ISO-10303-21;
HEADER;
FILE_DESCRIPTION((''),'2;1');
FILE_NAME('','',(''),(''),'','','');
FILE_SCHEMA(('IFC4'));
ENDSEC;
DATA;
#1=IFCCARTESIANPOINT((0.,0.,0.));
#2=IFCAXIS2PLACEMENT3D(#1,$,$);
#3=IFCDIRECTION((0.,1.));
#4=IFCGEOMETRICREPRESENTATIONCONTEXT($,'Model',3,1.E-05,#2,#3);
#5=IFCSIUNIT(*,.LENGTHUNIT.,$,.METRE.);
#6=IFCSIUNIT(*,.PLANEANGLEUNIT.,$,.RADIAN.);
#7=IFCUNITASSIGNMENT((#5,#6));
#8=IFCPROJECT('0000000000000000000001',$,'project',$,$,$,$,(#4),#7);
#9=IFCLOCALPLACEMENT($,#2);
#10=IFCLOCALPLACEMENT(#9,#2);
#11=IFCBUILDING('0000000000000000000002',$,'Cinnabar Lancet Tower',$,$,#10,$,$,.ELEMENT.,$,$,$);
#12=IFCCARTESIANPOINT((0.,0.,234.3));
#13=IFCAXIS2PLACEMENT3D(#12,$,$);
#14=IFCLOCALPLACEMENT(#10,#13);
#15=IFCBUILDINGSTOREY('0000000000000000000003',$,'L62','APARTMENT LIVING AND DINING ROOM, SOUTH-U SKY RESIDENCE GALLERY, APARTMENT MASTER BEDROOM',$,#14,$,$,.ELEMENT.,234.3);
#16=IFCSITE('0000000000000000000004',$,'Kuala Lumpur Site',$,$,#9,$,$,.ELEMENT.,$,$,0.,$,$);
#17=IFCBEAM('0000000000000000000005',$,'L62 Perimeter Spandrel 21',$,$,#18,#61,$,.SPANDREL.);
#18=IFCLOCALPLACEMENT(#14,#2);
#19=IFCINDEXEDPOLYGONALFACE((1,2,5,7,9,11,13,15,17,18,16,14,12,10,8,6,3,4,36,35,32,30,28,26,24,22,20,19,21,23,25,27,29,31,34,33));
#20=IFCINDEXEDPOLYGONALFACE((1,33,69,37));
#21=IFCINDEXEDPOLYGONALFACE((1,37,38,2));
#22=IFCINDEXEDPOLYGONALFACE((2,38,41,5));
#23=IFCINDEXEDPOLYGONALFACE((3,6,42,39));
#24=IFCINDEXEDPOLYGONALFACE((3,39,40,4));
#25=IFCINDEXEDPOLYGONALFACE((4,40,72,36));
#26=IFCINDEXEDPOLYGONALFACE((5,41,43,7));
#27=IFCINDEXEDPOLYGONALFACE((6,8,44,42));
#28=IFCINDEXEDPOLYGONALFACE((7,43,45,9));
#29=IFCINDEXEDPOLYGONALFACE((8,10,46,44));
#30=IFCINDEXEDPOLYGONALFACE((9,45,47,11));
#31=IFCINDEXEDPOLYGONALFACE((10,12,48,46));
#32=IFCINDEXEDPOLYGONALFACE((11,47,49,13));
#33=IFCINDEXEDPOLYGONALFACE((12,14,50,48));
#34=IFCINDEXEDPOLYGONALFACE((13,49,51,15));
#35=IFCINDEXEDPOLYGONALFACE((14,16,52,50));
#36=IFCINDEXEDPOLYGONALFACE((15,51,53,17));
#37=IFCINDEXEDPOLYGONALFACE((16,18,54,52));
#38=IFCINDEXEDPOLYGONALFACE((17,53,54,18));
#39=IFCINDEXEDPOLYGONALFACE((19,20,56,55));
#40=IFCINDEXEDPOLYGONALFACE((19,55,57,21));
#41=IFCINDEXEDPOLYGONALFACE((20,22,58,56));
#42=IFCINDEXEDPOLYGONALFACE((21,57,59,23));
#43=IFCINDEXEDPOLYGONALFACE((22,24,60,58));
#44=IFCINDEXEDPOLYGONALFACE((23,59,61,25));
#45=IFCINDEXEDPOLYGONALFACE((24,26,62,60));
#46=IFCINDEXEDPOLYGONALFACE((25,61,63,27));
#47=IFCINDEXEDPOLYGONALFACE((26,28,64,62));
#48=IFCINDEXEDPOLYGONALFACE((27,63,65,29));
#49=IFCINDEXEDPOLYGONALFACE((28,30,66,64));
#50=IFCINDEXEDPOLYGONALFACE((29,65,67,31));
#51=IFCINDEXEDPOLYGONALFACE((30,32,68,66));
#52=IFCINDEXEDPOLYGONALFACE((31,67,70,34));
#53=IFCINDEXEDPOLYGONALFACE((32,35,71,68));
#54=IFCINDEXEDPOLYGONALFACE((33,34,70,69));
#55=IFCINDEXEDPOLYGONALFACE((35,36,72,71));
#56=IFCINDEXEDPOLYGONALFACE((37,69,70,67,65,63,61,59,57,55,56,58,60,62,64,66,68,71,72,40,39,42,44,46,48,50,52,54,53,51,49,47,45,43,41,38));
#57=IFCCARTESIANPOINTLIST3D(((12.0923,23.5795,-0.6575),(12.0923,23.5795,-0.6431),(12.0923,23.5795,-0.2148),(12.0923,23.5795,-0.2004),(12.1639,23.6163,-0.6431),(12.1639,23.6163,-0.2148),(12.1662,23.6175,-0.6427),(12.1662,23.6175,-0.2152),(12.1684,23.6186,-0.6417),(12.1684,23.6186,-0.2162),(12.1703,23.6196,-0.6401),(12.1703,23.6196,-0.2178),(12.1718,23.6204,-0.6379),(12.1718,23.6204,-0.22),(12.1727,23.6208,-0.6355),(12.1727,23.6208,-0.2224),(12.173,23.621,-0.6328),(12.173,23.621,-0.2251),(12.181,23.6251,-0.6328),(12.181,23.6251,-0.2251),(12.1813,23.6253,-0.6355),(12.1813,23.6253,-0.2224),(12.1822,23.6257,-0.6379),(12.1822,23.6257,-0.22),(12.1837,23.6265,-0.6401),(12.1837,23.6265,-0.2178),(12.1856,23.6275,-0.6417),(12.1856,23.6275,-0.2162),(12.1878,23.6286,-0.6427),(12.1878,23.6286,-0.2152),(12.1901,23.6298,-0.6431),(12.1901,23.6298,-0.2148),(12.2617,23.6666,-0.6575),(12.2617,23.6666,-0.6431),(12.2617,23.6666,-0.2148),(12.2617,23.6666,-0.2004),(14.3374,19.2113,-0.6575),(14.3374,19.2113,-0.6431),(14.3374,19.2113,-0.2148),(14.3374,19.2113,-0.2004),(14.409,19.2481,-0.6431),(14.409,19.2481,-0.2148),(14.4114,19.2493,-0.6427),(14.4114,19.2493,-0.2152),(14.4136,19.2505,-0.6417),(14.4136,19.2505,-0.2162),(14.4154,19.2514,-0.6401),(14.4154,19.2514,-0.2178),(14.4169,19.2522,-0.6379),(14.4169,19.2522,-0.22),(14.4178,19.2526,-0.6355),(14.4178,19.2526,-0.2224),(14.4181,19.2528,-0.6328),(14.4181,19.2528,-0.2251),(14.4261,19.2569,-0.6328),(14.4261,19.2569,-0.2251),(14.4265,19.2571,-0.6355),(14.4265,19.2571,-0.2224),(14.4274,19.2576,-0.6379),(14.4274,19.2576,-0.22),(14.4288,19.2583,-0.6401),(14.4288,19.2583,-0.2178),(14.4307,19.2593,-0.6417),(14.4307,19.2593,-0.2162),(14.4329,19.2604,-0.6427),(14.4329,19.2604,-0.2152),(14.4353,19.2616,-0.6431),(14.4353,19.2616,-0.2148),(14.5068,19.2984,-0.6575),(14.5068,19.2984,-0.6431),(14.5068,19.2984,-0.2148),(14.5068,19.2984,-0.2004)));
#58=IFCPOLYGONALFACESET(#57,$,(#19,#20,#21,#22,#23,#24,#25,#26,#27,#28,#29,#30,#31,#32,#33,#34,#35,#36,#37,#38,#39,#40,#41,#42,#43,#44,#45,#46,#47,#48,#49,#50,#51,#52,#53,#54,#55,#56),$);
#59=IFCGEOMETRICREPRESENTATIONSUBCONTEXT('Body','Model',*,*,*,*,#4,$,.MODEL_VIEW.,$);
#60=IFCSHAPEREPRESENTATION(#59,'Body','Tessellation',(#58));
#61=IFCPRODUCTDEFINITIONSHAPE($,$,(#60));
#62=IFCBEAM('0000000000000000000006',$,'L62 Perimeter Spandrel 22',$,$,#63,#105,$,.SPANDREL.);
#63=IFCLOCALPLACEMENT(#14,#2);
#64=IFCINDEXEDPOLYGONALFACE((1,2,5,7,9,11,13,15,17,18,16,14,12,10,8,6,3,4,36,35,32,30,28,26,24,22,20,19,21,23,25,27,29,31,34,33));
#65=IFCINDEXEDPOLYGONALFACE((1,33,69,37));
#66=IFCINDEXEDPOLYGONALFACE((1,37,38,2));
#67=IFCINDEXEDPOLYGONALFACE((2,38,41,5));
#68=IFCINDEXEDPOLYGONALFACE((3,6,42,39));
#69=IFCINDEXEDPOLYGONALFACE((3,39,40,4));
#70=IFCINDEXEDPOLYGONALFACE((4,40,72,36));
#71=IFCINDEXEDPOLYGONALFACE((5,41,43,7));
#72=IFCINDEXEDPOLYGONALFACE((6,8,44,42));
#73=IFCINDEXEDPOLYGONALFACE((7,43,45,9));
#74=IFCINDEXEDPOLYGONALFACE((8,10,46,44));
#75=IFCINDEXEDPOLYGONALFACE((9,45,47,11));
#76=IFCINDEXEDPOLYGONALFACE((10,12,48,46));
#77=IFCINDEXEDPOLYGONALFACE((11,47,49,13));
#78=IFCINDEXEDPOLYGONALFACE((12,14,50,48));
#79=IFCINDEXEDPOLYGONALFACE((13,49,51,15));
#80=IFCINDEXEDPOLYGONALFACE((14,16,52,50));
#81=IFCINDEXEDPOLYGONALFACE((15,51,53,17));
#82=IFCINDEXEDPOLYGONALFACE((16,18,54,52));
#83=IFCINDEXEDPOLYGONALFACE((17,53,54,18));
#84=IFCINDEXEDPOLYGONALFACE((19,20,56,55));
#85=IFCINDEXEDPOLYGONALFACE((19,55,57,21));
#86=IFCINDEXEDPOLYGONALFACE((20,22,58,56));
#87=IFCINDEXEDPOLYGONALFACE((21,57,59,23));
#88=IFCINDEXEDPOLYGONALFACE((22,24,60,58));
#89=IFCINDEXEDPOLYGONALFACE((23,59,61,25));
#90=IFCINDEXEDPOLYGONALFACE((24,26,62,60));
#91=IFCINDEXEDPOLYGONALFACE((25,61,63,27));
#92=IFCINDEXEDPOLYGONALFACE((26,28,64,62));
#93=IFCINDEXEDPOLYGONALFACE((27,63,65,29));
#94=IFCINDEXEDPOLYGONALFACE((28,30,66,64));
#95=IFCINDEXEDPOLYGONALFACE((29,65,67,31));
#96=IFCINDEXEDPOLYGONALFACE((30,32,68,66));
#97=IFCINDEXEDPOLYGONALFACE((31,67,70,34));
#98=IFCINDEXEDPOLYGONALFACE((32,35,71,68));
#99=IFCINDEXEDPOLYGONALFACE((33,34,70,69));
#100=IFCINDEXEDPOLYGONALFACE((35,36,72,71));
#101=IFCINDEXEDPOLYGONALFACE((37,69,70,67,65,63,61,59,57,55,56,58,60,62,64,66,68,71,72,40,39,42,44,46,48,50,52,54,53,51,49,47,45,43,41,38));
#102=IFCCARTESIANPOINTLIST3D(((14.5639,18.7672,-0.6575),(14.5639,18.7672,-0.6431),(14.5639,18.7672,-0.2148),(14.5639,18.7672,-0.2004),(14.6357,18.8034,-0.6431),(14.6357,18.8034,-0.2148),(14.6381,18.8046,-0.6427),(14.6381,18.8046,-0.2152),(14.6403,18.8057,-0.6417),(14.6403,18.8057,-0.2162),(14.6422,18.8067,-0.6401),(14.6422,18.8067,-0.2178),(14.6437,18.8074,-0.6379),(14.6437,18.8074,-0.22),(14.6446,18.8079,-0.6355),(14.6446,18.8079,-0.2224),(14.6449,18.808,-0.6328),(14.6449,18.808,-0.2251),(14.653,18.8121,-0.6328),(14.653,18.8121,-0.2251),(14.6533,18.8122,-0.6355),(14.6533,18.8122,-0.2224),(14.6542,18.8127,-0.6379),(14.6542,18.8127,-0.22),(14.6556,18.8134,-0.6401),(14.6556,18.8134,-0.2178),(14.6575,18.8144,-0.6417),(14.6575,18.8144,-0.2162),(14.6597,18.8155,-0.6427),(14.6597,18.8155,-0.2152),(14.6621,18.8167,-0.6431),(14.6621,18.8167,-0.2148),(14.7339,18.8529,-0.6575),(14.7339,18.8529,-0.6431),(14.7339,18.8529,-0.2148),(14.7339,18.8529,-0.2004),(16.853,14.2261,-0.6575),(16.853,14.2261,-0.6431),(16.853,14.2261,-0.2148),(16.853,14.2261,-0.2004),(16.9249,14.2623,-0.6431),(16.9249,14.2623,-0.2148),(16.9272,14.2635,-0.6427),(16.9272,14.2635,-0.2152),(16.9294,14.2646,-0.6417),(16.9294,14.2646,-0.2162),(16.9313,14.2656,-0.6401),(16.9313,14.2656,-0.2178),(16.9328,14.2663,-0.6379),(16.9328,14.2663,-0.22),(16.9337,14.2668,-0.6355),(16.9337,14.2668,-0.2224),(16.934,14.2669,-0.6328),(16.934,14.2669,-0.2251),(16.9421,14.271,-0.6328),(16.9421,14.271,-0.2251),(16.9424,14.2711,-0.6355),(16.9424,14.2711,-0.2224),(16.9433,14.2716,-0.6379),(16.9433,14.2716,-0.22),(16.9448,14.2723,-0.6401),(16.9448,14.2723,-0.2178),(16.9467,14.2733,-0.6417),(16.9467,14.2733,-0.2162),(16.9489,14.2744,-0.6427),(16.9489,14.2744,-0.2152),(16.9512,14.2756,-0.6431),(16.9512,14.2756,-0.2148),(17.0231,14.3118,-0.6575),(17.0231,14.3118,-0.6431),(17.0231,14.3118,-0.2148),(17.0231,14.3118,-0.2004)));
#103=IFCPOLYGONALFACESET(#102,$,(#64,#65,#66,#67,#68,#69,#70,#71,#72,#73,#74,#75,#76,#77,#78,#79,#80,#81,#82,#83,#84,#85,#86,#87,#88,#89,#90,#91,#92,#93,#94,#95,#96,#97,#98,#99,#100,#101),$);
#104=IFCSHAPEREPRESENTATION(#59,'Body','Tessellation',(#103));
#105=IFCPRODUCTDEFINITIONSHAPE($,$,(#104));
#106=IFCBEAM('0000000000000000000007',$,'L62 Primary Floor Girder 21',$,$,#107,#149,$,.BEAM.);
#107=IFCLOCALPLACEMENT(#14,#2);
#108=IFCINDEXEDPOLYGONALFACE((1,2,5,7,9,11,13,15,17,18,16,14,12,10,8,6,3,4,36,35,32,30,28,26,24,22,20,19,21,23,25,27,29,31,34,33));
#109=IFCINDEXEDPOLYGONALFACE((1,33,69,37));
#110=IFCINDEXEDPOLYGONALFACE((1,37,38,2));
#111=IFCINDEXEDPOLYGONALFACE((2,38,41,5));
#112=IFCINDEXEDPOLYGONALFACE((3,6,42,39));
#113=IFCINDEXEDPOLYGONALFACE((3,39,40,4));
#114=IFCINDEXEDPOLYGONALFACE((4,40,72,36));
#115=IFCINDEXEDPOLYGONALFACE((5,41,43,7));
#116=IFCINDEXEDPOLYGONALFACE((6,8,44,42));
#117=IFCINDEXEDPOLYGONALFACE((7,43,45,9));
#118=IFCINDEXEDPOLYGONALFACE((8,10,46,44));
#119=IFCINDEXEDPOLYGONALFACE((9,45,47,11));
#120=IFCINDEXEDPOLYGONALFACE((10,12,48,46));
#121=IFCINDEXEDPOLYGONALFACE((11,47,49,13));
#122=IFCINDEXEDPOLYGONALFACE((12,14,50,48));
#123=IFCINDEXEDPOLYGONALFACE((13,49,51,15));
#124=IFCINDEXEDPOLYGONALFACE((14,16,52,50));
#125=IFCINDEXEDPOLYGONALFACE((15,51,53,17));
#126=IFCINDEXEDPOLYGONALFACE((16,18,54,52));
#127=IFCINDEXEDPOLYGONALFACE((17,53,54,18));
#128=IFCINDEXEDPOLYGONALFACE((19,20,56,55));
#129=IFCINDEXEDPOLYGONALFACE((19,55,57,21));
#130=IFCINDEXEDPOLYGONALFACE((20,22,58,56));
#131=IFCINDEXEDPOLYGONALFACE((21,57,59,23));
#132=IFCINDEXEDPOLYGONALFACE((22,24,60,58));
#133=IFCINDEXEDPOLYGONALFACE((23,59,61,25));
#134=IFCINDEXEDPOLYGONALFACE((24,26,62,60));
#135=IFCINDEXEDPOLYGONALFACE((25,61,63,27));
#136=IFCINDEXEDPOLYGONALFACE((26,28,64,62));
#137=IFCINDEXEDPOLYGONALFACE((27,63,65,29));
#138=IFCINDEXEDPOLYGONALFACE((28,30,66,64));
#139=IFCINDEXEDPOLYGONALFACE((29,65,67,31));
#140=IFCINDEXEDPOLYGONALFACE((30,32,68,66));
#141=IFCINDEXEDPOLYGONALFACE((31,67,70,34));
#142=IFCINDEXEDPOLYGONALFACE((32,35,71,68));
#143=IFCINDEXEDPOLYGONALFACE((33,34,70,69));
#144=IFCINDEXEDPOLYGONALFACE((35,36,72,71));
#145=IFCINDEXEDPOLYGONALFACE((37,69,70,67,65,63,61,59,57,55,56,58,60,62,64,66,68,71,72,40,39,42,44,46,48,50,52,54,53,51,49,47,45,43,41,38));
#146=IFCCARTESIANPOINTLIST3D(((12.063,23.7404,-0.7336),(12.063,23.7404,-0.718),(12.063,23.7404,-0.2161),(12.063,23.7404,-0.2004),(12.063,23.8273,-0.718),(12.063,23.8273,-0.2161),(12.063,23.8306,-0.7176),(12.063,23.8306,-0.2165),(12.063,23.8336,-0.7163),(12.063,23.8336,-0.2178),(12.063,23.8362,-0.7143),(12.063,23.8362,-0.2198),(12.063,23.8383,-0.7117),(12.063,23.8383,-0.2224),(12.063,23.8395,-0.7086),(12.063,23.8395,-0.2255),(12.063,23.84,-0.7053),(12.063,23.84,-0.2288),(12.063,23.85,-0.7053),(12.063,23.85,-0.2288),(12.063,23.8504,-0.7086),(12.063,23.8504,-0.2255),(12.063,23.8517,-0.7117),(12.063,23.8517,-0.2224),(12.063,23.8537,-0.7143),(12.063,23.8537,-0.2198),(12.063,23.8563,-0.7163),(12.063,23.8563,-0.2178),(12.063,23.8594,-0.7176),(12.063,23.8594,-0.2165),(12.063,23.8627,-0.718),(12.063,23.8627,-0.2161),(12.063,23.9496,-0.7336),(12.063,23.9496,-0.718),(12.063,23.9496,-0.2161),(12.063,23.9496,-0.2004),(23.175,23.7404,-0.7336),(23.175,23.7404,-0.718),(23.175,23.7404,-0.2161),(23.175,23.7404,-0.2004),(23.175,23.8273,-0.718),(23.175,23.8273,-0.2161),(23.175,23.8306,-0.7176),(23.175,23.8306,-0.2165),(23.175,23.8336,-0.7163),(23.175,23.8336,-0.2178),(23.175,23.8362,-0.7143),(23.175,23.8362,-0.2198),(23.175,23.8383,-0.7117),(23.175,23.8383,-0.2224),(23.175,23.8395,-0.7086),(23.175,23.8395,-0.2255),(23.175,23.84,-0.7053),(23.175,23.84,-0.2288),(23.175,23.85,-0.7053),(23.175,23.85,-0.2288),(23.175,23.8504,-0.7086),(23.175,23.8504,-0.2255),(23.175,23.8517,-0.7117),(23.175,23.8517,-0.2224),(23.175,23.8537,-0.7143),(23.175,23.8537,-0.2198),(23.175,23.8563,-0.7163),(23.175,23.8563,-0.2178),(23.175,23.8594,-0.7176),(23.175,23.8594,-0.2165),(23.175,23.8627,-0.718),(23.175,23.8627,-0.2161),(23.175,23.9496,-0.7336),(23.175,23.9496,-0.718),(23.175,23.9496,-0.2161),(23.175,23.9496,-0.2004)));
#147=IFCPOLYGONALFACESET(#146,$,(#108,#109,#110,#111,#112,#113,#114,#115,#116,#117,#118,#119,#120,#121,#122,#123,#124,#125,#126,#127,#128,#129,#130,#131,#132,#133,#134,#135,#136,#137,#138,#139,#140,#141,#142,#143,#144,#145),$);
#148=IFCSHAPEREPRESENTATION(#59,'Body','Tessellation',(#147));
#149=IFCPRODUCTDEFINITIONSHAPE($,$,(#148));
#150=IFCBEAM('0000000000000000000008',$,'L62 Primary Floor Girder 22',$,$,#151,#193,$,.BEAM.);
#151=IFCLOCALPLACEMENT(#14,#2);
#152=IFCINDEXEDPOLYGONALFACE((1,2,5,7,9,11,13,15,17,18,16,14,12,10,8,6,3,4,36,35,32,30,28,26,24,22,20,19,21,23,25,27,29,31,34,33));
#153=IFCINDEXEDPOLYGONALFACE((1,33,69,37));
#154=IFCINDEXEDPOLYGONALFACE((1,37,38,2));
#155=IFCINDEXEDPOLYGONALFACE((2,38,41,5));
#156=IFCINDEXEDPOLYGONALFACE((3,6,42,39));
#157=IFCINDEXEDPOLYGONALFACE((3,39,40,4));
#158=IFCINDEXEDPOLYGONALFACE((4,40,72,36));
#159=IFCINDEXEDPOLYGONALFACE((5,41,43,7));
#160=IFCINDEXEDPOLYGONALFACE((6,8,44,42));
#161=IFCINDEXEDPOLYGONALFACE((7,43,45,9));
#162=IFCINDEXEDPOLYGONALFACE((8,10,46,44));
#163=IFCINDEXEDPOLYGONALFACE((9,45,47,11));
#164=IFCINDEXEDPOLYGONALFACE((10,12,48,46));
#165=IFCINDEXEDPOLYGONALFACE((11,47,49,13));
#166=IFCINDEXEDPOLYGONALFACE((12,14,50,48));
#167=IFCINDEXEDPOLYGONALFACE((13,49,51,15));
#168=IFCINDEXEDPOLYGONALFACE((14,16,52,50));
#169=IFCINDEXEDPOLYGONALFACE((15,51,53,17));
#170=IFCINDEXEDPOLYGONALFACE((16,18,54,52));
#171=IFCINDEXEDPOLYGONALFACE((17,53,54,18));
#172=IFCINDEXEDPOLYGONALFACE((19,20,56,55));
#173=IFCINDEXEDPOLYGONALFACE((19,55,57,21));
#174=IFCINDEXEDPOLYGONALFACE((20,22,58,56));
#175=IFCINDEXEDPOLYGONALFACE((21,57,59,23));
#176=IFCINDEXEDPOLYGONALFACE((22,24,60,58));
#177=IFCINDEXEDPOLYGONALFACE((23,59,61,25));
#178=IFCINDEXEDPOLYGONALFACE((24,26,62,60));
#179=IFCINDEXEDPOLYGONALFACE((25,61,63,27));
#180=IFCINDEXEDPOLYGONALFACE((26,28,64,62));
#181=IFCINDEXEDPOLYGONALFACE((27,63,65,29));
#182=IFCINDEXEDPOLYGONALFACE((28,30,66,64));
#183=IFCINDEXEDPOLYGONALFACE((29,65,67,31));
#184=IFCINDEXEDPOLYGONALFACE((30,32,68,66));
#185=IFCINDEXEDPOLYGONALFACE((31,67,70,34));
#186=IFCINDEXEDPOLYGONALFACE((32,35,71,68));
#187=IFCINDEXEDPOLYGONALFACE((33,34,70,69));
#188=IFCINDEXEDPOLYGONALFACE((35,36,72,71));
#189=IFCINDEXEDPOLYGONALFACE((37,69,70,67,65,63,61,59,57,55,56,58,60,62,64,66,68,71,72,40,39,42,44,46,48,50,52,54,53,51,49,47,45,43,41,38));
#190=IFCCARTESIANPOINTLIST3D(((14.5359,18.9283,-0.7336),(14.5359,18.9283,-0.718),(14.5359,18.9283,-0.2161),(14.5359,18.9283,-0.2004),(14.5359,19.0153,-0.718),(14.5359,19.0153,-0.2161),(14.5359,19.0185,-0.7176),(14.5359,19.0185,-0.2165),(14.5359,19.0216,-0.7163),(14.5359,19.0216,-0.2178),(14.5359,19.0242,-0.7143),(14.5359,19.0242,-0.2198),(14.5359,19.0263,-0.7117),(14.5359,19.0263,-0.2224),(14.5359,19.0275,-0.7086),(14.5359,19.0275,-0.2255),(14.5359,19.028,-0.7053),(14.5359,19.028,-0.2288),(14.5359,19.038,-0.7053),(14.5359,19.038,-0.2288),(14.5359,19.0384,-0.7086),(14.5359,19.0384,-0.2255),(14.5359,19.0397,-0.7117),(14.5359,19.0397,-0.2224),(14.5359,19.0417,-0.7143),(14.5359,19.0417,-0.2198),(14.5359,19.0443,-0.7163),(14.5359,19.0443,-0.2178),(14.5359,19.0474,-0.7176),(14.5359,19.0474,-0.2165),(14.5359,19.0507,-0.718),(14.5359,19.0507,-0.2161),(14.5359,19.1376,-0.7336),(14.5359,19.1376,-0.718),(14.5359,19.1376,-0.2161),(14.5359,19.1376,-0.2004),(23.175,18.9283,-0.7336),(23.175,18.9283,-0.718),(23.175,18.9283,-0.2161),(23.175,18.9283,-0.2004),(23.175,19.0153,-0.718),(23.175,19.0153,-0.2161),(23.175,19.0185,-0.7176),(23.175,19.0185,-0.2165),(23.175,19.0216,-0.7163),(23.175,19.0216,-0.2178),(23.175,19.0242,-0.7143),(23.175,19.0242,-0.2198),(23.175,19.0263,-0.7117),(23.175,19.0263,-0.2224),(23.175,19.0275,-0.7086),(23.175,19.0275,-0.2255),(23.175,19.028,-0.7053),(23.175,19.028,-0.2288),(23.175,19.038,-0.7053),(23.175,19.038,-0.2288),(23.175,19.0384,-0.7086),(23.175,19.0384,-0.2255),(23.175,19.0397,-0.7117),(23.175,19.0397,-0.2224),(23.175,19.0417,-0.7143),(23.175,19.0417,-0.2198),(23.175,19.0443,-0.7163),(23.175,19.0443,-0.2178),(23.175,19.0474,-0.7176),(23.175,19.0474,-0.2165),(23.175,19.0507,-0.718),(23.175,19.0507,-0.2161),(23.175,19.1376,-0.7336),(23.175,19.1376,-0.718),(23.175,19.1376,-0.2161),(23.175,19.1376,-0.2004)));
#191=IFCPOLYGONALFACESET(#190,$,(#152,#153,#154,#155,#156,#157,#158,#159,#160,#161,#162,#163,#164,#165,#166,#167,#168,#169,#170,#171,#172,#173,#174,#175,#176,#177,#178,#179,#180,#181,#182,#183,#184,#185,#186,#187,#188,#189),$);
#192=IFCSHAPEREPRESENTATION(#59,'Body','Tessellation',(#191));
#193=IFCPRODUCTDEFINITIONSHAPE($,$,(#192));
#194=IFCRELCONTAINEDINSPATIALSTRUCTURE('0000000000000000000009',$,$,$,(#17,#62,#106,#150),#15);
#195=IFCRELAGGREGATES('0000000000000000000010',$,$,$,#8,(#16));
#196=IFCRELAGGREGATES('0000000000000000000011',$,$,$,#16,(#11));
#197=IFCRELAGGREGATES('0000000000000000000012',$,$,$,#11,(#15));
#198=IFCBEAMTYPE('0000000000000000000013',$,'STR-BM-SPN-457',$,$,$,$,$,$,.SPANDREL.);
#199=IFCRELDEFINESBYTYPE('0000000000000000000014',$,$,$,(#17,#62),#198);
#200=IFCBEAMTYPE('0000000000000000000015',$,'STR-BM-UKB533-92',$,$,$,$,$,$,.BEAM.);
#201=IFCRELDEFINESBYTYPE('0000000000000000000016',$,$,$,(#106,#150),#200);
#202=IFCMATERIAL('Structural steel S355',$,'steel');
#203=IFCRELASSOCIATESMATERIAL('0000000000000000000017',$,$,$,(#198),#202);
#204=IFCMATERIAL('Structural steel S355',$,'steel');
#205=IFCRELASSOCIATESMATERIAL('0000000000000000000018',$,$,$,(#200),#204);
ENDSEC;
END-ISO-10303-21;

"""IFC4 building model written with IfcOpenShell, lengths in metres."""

from ifc_helpers import new_model, si_unit, direction, frame, origin, origin_2d, place, context, subcontext, project, spatial, i_section, extrude, material, material_profile, profile_set, type_object, element, save


model = new_model("IFC4")

# Units and contexts
model_context = context("Model", 3, precision=1e-05, world=origin(), true_north=direction((0.0, 1.0)))
body_context = subcontext(model_context, "Body", "Model", "MODEL_VIEW")
ifc_project = project(units=[si_unit("LENGTHUNIT", "METRE"), si_unit("PLANEANGLEUNIT", "RADIAN")], contexts=[model_context])

# Site, building, storey
site_placement = place(None, origin())
site = spatial("IfcSite", under=ifc_project, at=site_placement, Name="Kuala Lumpur Site", CompositionType="ELEMENT", RefElevation=0.0)
building_placement = place(site_placement, origin())
building = spatial("IfcBuilding", under=site, at=building_placement, Name="Cinnabar Lancet Tower", CompositionType="ELEMENT")
storey_placement = place(building_placement, frame((0.0, 0.0, 234.3)))
storey = spatial("IfcBuildingStorey", under=building, at=storey_placement, Name="L62", Description="APARTMENT LIVING AND DINING ROOM, SOUTH-U SKY RESIDENCE GALLERY, APARTMENT MASTER BEDROOM", CompositionType="ELEMENT", Elevation=234.3)

# Beams
ifc_material_1 = material(Name="Structural steel S355", Category="steel")
ifc_material_profile_1 = material_profile(ifc_material_1, i_section(OverallWidth=0.1904, OverallDepth=0.457, WebThickness=0.009, FlangeThickness=0.0144, FilletRadius=0.0103, at=origin_2d()), Name="UKB 457x191x74")
ifc_profile_set_1 = profile_set([ifc_material_profile_1], Name="Structural steel S355")
beam_type_1 = type_object("IfcBeamType", Name="STR-BM-SPN-457", PredefinedType="SPANDREL", material=ifc_profile_set_1)
beam_1_placement = place(storey_placement, frame((12.177, 23.623, -0.429), z_axis=(0.457128, -0.889401, 0.0), x_axis=(0.889401, 0.457128, 0.0)))
element("IfcBeam", 1, at=beam_1_placement, inside=storey, type_object=beam_type_1, Name="L62 Perimeter Spandrel 21", PredefinedType="SPANDREL", context=body_context, shape_type="SweptSolid", body=[
    extrude(i_section(OverallWidth=0.1904, OverallDepth=0.457, WebThickness=0.009, FlangeThickness=0.0144, FilletRadius=0.0103, at=origin_2d()), origin(), (0.0, 0.0, 1.0), 4.9114),
])
beam_2_placement = place(storey_placement, frame((14.6489, 18.8101, -0.429), z_axis=(0.45013, -0.892963, 0.0), x_axis=(0.892963, 0.45013, 0.0)))
element("IfcBeam", 2, at=beam_2_placement, inside=storey, type_object=beam_type_1, Name="L62 Perimeter Spandrel 22", PredefinedType="SPANDREL", context=body_context, shape_type="SweptSolid", body=[
    extrude(i_section(OverallWidth=0.1904, OverallDepth=0.457, WebThickness=0.009, FlangeThickness=0.0144, FilletRadius=0.0103, at=origin_2d()), origin(), (0.0, 0.0, 1.0), 5.0854),
])
ifc_material_2 = material(Name="Structural steel S355", Category="steel")
ifc_material_profile_2 = material_profile(ifc_material_2, i_section(OverallWidth=0.2092, OverallDepth=0.5332, WebThickness=0.01, FlangeThickness=0.0156, FilletRadius=0.0127, at=origin_2d()), Name="UKB 533x210x92")
ifc_profile_set_2 = profile_set([ifc_material_profile_2], Name="Structural steel S355")
beam_type_2 = type_object("IfcBeamType", Name="STR-BM-UKB533-92", PredefinedType="BEAM", material=ifc_profile_set_2)
beam_3_placement = place(storey_placement, frame((12.063, 23.845, -0.467), z_axis=(1.0, 0.0, 0.0), x_axis=(0.0, 1.0, 0.0)))
element("IfcBeam", 3, at=beam_3_placement, inside=storey, type_object=beam_type_2, Name="L62 Primary Floor Girder 21", PredefinedType="BEAM", context=body_context, shape_type="SweptSolid", body=[
    extrude(i_section(OverallWidth=0.2092, OverallDepth=0.5332, WebThickness=0.01, FlangeThickness=0.0156, FilletRadius=0.0127, at=origin_2d()), origin(), (0.0, 0.0, 1.0), 11.1121),
])
beam_4_placement = place(storey_placement, frame((14.5359, 19.033, -0.467), z_axis=(1.0, 0.0, 0.0), x_axis=(0.0, 1.0, 0.0)))
element("IfcBeam", 4, at=beam_4_placement, inside=storey, type_object=beam_type_2, Name="L62 Primary Floor Girder 22", PredefinedType="BEAM", context=body_context, shape_type="SweptSolid", body=[
    extrude(i_section(OverallWidth=0.2092, OverallDepth=0.5332, WebThickness=0.01, FlangeThickness=0.0156, FilletRadius=0.0127, at=origin_2d()), origin(), (0.0, 0.0, 1.0), 8.6392),
])

save(model, "model.ifc")
